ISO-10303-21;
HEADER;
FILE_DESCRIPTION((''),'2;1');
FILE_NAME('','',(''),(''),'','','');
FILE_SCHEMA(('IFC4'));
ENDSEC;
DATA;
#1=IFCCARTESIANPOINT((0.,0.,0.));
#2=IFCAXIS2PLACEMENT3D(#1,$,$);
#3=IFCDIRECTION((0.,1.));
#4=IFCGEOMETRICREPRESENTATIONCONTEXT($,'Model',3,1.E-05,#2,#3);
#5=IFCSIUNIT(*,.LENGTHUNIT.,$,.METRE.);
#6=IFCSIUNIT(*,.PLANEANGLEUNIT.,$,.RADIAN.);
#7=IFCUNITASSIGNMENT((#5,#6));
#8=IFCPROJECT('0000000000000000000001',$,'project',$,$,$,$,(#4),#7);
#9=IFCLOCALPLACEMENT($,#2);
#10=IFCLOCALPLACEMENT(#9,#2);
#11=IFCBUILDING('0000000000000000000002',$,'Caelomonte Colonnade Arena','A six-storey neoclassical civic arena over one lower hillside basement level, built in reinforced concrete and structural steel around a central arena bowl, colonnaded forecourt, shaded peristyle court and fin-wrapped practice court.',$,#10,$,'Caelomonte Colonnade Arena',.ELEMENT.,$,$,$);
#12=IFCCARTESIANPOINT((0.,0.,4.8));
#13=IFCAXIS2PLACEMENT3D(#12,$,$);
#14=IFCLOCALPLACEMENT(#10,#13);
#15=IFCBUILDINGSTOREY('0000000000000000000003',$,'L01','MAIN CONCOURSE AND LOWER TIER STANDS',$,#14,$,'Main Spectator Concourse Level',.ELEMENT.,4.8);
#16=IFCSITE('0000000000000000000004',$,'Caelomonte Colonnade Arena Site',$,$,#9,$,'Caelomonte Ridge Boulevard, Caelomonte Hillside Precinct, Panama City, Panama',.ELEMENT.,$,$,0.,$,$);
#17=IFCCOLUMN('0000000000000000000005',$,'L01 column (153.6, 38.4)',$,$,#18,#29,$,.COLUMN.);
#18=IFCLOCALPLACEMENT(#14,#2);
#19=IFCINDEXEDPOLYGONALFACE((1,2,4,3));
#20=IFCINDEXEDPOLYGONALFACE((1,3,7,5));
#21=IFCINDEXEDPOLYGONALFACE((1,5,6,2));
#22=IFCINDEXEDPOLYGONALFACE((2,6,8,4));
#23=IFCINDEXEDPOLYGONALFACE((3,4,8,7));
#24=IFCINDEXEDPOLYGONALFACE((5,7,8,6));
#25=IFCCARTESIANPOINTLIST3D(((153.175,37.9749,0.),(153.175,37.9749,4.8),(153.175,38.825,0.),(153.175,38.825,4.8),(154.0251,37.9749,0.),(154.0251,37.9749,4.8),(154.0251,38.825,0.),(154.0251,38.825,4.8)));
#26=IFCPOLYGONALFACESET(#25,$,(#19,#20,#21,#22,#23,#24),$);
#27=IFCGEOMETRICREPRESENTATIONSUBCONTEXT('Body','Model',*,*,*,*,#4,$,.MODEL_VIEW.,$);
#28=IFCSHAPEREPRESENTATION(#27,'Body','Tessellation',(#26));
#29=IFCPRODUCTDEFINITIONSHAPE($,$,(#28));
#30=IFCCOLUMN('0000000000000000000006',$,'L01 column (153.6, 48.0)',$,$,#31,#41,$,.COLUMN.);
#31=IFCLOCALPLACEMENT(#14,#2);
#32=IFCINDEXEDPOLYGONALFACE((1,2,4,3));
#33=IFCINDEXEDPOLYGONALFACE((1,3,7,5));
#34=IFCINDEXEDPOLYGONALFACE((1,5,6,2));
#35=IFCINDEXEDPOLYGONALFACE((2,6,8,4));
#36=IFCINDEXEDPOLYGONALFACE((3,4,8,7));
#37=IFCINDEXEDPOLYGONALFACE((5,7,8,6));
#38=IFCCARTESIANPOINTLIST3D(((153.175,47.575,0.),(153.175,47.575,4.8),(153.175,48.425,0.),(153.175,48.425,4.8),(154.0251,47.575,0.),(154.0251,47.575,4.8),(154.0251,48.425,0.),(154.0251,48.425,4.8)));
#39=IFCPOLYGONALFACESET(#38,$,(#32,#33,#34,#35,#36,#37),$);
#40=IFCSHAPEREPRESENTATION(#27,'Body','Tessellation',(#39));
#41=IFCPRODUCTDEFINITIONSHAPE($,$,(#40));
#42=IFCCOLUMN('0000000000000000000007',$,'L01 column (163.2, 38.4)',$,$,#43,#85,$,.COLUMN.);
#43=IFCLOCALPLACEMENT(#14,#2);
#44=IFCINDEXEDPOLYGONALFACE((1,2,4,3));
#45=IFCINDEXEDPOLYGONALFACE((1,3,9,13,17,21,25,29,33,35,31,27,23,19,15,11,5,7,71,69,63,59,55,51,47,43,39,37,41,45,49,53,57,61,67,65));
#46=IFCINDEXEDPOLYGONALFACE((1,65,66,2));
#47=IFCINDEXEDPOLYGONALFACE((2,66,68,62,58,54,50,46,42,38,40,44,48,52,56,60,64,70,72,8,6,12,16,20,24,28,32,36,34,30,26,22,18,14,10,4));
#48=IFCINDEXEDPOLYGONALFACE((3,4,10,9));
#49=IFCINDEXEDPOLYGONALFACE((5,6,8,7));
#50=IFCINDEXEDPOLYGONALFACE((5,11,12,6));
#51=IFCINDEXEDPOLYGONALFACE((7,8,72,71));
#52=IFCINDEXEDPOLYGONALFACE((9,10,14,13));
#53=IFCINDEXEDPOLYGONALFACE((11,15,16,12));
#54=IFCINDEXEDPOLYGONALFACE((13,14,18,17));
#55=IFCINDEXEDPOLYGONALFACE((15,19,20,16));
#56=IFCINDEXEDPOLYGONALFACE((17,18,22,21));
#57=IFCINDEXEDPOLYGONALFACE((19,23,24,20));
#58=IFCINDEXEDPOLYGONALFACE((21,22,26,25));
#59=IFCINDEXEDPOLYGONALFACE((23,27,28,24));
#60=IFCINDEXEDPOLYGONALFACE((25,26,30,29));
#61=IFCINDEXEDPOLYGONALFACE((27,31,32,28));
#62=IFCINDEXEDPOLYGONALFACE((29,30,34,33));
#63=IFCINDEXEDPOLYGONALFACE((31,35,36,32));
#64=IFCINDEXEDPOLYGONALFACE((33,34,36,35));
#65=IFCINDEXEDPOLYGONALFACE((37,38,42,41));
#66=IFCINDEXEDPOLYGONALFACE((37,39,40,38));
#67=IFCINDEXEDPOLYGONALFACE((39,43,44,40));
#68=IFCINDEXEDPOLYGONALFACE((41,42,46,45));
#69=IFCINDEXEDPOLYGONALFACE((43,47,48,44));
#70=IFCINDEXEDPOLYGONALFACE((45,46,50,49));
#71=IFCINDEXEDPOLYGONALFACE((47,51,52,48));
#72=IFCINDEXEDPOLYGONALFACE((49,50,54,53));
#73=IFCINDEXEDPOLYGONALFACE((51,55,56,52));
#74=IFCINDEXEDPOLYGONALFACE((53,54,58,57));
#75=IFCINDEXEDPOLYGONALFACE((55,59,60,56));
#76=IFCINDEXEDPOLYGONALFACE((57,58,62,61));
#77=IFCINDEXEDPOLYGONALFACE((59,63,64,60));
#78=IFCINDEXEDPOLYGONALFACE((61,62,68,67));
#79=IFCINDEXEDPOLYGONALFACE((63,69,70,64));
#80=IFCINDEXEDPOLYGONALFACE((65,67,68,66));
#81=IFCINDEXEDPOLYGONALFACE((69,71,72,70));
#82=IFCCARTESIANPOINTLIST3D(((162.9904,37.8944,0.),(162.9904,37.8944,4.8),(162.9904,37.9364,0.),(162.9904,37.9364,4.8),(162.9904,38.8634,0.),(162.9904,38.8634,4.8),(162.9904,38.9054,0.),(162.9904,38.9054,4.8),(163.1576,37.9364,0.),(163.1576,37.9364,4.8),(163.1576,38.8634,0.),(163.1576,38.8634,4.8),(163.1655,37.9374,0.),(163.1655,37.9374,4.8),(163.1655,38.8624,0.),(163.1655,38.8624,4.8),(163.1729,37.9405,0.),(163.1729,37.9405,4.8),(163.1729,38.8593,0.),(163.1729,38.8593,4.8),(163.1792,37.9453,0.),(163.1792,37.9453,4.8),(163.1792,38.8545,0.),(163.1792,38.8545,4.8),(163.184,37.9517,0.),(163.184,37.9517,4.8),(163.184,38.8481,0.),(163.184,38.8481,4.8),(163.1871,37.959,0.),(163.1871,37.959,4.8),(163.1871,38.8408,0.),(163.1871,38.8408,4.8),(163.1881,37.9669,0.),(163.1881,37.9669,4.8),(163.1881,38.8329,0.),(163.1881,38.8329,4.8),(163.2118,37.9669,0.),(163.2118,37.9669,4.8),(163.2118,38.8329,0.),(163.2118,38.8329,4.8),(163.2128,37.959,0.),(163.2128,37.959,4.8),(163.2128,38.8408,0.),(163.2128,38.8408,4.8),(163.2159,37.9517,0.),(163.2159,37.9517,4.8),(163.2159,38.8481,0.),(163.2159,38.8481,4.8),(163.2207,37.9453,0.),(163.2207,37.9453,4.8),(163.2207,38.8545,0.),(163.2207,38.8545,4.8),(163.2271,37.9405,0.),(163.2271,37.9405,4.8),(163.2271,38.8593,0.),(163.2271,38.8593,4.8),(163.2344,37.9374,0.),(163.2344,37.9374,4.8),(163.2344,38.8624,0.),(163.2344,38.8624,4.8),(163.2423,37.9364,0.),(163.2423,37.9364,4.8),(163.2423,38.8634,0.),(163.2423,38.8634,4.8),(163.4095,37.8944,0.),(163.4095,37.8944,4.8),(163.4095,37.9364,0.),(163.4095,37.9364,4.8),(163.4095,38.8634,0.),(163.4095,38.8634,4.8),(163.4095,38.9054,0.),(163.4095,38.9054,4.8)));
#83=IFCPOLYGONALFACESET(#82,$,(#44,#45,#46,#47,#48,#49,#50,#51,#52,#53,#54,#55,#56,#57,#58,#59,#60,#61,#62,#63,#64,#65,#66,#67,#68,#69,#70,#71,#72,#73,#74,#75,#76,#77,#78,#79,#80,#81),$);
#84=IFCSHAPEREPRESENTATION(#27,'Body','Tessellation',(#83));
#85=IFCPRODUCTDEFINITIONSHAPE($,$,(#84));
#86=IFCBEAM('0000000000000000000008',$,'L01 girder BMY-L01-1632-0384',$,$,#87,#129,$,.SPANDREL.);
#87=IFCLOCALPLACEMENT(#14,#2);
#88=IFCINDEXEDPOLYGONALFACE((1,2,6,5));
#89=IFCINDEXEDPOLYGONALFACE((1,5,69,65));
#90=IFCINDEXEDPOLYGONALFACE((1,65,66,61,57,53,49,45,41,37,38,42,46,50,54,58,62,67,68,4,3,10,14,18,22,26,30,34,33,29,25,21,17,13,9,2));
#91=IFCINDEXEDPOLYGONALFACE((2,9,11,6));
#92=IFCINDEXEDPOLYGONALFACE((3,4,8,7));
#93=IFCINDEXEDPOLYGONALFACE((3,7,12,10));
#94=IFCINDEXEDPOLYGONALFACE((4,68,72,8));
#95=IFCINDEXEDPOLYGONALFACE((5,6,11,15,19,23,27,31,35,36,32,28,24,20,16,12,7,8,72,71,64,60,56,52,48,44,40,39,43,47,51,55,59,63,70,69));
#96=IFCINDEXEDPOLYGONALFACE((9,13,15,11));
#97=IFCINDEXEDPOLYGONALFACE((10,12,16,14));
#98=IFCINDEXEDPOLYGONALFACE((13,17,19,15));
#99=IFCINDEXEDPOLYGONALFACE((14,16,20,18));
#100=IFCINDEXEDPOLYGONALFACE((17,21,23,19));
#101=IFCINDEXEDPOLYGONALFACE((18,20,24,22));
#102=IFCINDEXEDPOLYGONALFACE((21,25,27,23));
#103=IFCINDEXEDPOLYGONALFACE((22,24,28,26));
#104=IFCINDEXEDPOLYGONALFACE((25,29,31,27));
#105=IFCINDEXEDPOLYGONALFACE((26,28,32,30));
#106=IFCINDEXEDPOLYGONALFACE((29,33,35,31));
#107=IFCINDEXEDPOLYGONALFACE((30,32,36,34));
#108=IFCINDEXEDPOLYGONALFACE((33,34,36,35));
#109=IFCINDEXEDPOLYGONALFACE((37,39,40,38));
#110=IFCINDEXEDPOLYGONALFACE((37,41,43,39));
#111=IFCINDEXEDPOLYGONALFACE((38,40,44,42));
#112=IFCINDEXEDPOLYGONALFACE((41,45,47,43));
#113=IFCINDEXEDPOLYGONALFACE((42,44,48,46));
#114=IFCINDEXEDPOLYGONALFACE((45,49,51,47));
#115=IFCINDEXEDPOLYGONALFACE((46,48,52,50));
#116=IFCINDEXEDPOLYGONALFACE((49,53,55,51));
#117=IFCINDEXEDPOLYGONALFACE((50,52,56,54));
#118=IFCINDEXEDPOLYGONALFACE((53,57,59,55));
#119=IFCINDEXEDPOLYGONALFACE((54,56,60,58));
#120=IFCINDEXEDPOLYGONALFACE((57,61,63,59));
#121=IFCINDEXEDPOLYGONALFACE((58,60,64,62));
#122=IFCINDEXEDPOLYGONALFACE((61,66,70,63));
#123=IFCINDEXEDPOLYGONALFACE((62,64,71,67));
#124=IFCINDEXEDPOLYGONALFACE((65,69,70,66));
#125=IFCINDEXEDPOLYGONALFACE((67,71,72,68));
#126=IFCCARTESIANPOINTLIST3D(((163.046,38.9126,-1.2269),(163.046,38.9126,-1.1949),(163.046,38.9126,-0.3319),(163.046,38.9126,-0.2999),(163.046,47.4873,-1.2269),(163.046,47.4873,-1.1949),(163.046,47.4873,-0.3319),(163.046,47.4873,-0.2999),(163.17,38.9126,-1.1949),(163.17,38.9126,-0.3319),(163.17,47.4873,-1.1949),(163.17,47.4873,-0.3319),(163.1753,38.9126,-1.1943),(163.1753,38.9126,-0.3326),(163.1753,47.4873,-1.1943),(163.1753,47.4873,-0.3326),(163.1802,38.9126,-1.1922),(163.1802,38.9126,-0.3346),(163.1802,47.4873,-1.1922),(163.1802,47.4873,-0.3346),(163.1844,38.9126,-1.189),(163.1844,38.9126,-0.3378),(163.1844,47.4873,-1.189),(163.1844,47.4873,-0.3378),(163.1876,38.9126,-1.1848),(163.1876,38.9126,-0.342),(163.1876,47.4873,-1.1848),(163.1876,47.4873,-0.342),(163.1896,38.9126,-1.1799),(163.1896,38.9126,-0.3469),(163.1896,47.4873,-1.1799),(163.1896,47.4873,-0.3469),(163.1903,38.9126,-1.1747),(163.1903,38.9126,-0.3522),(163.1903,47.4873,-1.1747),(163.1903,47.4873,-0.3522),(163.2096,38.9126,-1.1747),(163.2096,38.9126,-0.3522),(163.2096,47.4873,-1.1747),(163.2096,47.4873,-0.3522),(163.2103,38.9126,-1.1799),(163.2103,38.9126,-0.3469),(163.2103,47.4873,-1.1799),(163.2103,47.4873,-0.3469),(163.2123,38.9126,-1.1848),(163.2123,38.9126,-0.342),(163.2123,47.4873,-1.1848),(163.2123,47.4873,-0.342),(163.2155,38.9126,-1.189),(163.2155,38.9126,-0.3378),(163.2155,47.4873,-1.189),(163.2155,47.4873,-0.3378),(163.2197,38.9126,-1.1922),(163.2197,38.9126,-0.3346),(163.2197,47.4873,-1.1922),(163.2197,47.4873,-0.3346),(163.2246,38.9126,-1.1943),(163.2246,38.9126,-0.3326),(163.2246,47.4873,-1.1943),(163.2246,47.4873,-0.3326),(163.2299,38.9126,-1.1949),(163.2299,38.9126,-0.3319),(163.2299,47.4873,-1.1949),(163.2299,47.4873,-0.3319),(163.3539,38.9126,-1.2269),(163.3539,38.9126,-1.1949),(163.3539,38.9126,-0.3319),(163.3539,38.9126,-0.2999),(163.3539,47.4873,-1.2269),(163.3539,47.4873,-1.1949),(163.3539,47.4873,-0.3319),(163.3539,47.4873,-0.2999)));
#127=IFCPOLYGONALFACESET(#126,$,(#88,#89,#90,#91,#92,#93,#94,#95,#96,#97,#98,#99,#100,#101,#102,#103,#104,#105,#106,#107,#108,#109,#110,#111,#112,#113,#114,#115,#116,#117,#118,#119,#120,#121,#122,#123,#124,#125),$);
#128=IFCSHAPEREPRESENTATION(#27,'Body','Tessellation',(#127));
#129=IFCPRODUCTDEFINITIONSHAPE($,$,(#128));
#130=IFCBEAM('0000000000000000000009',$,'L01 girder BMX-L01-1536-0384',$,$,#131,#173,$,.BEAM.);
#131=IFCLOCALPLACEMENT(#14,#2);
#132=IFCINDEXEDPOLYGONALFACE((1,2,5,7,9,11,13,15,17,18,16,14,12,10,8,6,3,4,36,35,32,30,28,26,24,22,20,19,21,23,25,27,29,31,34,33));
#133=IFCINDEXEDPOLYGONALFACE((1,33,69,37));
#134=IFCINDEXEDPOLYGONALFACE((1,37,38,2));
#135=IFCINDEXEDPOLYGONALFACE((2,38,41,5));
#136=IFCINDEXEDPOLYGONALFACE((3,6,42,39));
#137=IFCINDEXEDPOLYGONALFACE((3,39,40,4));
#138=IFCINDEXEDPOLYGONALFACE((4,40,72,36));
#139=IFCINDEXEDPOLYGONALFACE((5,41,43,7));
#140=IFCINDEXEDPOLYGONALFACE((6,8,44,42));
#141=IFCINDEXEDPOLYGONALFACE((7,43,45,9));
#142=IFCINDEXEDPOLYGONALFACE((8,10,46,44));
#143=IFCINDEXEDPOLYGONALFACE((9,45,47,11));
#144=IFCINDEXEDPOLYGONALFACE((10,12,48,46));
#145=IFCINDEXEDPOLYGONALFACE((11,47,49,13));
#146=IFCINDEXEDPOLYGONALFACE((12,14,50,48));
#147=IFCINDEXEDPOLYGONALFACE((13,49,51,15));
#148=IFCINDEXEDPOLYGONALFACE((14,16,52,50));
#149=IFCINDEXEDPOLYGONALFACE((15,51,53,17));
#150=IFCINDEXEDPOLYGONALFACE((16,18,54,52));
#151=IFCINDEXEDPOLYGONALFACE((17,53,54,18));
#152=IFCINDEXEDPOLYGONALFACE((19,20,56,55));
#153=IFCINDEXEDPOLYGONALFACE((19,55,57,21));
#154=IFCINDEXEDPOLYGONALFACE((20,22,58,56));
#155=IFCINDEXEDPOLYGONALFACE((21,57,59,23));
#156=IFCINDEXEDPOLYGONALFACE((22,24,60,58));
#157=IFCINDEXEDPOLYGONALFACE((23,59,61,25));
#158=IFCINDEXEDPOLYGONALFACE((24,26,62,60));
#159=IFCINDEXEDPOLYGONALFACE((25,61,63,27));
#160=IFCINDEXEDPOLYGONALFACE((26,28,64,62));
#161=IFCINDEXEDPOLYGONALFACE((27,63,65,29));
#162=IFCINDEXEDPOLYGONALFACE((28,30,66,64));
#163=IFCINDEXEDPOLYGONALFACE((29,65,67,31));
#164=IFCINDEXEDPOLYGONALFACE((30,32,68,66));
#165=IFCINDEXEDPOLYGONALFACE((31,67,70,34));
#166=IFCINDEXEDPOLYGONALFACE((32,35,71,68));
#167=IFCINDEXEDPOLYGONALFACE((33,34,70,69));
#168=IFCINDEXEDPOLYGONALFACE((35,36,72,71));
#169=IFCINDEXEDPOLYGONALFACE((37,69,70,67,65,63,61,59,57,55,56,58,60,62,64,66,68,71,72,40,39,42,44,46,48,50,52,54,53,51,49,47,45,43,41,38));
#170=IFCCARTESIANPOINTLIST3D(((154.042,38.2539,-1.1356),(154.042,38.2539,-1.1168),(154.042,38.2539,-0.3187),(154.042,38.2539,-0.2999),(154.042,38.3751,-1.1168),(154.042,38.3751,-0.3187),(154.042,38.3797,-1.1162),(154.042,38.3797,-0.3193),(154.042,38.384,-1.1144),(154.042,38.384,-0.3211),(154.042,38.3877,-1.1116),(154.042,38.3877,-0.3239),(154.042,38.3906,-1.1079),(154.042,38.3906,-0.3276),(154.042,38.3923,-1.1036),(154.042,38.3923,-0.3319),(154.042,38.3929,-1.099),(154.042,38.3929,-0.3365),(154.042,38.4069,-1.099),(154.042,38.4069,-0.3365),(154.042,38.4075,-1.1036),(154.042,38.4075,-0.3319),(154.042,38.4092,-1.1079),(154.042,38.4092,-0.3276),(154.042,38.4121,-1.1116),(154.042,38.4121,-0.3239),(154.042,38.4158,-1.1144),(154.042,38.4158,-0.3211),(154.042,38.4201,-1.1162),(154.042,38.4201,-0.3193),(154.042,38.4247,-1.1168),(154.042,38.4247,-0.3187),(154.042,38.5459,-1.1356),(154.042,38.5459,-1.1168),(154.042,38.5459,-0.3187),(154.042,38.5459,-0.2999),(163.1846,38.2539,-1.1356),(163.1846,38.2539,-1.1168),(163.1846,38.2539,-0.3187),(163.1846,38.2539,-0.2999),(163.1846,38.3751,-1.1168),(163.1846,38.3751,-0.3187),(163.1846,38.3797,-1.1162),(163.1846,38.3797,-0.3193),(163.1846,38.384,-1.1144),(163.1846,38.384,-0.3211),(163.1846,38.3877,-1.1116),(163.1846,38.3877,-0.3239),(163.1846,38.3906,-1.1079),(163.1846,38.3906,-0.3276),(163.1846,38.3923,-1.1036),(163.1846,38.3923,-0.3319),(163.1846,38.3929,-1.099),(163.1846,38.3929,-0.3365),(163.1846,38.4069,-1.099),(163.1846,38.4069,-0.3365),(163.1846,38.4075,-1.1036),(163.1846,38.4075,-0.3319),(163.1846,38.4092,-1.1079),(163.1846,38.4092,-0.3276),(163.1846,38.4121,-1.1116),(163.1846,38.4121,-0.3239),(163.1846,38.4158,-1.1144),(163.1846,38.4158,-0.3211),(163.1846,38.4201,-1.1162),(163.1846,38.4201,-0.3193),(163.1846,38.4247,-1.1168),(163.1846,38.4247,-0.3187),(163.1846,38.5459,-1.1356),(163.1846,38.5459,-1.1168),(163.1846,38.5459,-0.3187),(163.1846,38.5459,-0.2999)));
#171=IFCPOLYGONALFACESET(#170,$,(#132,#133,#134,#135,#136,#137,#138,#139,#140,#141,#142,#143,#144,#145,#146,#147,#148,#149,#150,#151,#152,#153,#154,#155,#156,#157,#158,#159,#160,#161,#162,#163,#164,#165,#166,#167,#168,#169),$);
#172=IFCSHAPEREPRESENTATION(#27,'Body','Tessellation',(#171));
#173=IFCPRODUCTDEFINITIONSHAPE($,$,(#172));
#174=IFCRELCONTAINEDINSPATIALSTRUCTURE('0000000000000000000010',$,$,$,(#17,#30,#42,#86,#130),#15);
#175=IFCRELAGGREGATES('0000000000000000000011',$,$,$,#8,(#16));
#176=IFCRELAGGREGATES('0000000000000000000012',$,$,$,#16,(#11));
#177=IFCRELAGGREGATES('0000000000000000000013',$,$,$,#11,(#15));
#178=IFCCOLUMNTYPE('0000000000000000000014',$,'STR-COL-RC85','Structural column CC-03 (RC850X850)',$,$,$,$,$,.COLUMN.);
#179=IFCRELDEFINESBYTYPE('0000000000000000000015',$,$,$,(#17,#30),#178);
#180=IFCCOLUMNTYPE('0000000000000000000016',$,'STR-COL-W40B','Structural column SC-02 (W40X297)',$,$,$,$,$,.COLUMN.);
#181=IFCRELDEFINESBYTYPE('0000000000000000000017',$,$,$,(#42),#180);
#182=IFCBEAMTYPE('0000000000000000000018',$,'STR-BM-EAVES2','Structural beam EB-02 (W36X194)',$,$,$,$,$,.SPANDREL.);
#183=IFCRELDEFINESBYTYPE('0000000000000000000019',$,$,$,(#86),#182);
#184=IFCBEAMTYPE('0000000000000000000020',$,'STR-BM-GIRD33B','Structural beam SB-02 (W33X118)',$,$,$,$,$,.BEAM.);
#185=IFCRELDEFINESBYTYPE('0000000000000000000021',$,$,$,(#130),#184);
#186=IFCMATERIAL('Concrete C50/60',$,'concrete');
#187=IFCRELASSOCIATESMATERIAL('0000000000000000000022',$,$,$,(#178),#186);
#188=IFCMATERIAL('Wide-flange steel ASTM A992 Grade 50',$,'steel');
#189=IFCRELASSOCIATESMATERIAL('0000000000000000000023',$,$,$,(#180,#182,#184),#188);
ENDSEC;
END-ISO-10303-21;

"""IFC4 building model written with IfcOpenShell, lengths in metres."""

from ifc_helpers import new_model, si_unit, direction, frame, origin, origin_2d, place, context, subcontext, project, spatial, rectangle, i_section, extrude, material, material_profile, profile_set, type_object, element, save


model = new_model("IFC4")

# Units and contexts
model_context = context("Model", 3, precision=1e-05, world=origin(), true_north=direction((0.0, 1.0)))
body_context = subcontext(model_context, "Body", "Model", "MODEL_VIEW")
ifc_project = project(units=[si_unit("LENGTHUNIT", "METRE"), si_unit("PLANEANGLEUNIT", "RADIAN")], contexts=[model_context])

# Site, building, storey
site_placement = place(None, origin())
site = spatial("IfcSite", under=ifc_project, at=site_placement, Name="Caelomonte Colonnade Arena Site", LongName="Caelomonte Ridge Boulevard, Caelomonte Hillside Precinct, Panama City, Panama", CompositionType="ELEMENT", RefElevation=0.0)
building_placement = place(site_placement, origin())
building = spatial("IfcBuilding", under=site, at=building_placement, Name="Caelomonte Colonnade Arena", Description="A six-storey neoclassical civic arena over one lower hillside basement level, built in reinforced concrete and structural steel around a central arena bowl, colonnaded forecourt, shaded peristyle court and fin-wrapped practice court.", LongName="Caelomonte Colonnade Arena", CompositionType="ELEMENT")
storey_placement = place(building_placement, frame((0.0, 0.0, 4.8)))
storey = spatial("IfcBuildingStorey", under=building, at=storey_placement, Name="L01", Description="MAIN CONCOURSE AND LOWER TIER STANDS", LongName="Main Spectator Concourse Level", CompositionType="ELEMENT", Elevation=4.8)

# Columns
ifc_material_1 = material(Name="Concrete C50/60", Category="concrete")
ifc_material_profile_1 = material_profile(ifc_material_1, rectangle(XDim=0.8501, YDim=0.8501, at=origin_2d()), Name="RC850X850")
ifc_profile_set_1 = profile_set([ifc_material_profile_1], Name="Concrete C50/60")
column_type_1 = type_object("IfcColumnType", Name="STR-COL-RC85", Description="Structural column CC-03 (RC850X850)", PredefinedType="COLUMN", material=ifc_profile_set_1)
for number, where, z_axis, x_axis, name in (
    (1, (153.6001, 38.3999, 0.0), (0.0, 0.0, 1.0), (1.0, 0.0, 0.0), "L01 column (153.6, 38.4)"),
    (2, (153.6001, 48.0, 0.0), (0.0, 0.0, 1.0), (1.0, 0.0, 0.0), "L01 column (153.6, 48.0)"),
):
    element("IfcColumn", number, at=place(storey_placement, frame(where, z_axis=z_axis, x_axis=x_axis)), inside=storey, type_object=column_type_1, Name=name, PredefinedType="COLUMN", context=body_context, shape_type="SweptSolid", body=[
        extrude(rectangle(XDim=0.8501, YDim=0.8501, at=origin_2d()), origin(), (0.0, 0.0, 1.0), 4.8),
    ])
ifc_material_2 = material(Name="Wide-flange steel ASTM A992 Grade 50", Category="steel")
ifc_material_profile_2 = material_profile(ifc_material_2, i_section(OverallWidth=0.4192, OverallDepth=1.011, WebThickness=0.0237, FlangeThickness=0.042, FilletRadius=0.0305, at=origin_2d()), Name="W40X297")
ifc_profile_set_2 = profile_set([ifc_material_profile_2], Name="Wide-flange steel ASTM A992 Grade 50")
column_type_2 = type_object("IfcColumnType", Name="STR-COL-W40B", Description="Structural column SC-02 (W40X297)", PredefinedType="COLUMN", material=ifc_profile_set_2)
column_placement = place(storey_placement, frame((163.2, 38.3999, 0.0), z_axis=(0.0, 0.0, 1.0), x_axis=(1.0, 0.0, 0.0)))
element("IfcColumn", 3, at=column_placement, inside=storey, type_object=column_type_2, Name="L01 column (163.2, 38.4)", PredefinedType="COLUMN", context=body_context, shape_type="SweptSolid", body=[
    extrude(i_section(OverallWidth=0.4192, OverallDepth=1.011, WebThickness=0.0237, FlangeThickness=0.042, FilletRadius=0.0305, at=origin_2d()), origin(), (0.0, 0.0, 1.0), 4.8),
])

# Beams
ifc_material_profile_3 = material_profile(ifc_material_2, i_section(OverallWidth=0.3079, OverallDepth=0.927, WebThickness=0.0193, FlangeThickness=0.032, FilletRadius=0.0203, at=origin_2d()), Name="W36X194")
ifc_profile_set_3 = profile_set([ifc_material_profile_3], Name="Wide-flange steel ASTM A992 Grade 50")
beam_type_1 = type_object("IfcBeamType", Name="STR-BM-EAVES2", Description="Structural beam EB-02 (W36X194)", PredefinedType="SPANDREL", material=ifc_profile_set_3)
beam_1_placement = place(storey_placement, frame((163.2, 38.9126, -0.7634), z_axis=(0.0, 1.0, 0.0), x_axis=(-1.0, 0.0, 0.0)))
element("IfcBeam", 4, at=beam_1_placement, inside=storey, type_object=beam_type_1, Name="L01 girder BMY-L01-1632-0384", PredefinedType="SPANDREL", context=body_context, shape_type="SweptSolid", body=[
    extrude(i_section(OverallWidth=0.3079, OverallDepth=0.927, WebThickness=0.0193, FlangeThickness=0.032, FilletRadius=0.0203, at=origin_2d()), origin(), (0.0, 0.0, 1.0), 8.5747),
])
ifc_material_profile_4 = material_profile(ifc_material_2, i_section(OverallWidth=0.292, OverallDepth=0.8357, WebThickness=0.0139, FlangeThickness=0.0188, FilletRadius=0.0178, at=origin_2d()), Name="W33X118")
ifc_profile_set_4 = profile_set([ifc_material_profile_4], Name="Wide-flange steel ASTM A992 Grade 50")
beam_type_2 = type_object("IfcBeamType", Name="STR-BM-GIRD33B", Description="Structural beam SB-02 (W33X118)", PredefinedType="BEAM", material=ifc_profile_set_4)
for number, where, z_axis, x_axis, name in (
    (5, (154.042, 38.3999, -0.7178), (1.0, 0.0, 0.0), (0.0, 1.0, 0.0), "L01 girder BMX-L01-1536-0384"),
):
    element("IfcBeam", number, at=place(storey_placement, frame(where, z_axis=z_axis, x_axis=x_axis)), inside=storey, type_object=beam_type_2, Name=name, PredefinedType="BEAM", context=body_context, shape_type="SweptSolid", body=[
        extrude(i_section(OverallWidth=0.292, OverallDepth=0.8357, WebThickness=0.0139, FlangeThickness=0.0188, FilletRadius=0.0178, at=origin_2d()), origin(), (0.0, 0.0, 1.0), 9.1426),
    ])

save(model, "model.ifc")
